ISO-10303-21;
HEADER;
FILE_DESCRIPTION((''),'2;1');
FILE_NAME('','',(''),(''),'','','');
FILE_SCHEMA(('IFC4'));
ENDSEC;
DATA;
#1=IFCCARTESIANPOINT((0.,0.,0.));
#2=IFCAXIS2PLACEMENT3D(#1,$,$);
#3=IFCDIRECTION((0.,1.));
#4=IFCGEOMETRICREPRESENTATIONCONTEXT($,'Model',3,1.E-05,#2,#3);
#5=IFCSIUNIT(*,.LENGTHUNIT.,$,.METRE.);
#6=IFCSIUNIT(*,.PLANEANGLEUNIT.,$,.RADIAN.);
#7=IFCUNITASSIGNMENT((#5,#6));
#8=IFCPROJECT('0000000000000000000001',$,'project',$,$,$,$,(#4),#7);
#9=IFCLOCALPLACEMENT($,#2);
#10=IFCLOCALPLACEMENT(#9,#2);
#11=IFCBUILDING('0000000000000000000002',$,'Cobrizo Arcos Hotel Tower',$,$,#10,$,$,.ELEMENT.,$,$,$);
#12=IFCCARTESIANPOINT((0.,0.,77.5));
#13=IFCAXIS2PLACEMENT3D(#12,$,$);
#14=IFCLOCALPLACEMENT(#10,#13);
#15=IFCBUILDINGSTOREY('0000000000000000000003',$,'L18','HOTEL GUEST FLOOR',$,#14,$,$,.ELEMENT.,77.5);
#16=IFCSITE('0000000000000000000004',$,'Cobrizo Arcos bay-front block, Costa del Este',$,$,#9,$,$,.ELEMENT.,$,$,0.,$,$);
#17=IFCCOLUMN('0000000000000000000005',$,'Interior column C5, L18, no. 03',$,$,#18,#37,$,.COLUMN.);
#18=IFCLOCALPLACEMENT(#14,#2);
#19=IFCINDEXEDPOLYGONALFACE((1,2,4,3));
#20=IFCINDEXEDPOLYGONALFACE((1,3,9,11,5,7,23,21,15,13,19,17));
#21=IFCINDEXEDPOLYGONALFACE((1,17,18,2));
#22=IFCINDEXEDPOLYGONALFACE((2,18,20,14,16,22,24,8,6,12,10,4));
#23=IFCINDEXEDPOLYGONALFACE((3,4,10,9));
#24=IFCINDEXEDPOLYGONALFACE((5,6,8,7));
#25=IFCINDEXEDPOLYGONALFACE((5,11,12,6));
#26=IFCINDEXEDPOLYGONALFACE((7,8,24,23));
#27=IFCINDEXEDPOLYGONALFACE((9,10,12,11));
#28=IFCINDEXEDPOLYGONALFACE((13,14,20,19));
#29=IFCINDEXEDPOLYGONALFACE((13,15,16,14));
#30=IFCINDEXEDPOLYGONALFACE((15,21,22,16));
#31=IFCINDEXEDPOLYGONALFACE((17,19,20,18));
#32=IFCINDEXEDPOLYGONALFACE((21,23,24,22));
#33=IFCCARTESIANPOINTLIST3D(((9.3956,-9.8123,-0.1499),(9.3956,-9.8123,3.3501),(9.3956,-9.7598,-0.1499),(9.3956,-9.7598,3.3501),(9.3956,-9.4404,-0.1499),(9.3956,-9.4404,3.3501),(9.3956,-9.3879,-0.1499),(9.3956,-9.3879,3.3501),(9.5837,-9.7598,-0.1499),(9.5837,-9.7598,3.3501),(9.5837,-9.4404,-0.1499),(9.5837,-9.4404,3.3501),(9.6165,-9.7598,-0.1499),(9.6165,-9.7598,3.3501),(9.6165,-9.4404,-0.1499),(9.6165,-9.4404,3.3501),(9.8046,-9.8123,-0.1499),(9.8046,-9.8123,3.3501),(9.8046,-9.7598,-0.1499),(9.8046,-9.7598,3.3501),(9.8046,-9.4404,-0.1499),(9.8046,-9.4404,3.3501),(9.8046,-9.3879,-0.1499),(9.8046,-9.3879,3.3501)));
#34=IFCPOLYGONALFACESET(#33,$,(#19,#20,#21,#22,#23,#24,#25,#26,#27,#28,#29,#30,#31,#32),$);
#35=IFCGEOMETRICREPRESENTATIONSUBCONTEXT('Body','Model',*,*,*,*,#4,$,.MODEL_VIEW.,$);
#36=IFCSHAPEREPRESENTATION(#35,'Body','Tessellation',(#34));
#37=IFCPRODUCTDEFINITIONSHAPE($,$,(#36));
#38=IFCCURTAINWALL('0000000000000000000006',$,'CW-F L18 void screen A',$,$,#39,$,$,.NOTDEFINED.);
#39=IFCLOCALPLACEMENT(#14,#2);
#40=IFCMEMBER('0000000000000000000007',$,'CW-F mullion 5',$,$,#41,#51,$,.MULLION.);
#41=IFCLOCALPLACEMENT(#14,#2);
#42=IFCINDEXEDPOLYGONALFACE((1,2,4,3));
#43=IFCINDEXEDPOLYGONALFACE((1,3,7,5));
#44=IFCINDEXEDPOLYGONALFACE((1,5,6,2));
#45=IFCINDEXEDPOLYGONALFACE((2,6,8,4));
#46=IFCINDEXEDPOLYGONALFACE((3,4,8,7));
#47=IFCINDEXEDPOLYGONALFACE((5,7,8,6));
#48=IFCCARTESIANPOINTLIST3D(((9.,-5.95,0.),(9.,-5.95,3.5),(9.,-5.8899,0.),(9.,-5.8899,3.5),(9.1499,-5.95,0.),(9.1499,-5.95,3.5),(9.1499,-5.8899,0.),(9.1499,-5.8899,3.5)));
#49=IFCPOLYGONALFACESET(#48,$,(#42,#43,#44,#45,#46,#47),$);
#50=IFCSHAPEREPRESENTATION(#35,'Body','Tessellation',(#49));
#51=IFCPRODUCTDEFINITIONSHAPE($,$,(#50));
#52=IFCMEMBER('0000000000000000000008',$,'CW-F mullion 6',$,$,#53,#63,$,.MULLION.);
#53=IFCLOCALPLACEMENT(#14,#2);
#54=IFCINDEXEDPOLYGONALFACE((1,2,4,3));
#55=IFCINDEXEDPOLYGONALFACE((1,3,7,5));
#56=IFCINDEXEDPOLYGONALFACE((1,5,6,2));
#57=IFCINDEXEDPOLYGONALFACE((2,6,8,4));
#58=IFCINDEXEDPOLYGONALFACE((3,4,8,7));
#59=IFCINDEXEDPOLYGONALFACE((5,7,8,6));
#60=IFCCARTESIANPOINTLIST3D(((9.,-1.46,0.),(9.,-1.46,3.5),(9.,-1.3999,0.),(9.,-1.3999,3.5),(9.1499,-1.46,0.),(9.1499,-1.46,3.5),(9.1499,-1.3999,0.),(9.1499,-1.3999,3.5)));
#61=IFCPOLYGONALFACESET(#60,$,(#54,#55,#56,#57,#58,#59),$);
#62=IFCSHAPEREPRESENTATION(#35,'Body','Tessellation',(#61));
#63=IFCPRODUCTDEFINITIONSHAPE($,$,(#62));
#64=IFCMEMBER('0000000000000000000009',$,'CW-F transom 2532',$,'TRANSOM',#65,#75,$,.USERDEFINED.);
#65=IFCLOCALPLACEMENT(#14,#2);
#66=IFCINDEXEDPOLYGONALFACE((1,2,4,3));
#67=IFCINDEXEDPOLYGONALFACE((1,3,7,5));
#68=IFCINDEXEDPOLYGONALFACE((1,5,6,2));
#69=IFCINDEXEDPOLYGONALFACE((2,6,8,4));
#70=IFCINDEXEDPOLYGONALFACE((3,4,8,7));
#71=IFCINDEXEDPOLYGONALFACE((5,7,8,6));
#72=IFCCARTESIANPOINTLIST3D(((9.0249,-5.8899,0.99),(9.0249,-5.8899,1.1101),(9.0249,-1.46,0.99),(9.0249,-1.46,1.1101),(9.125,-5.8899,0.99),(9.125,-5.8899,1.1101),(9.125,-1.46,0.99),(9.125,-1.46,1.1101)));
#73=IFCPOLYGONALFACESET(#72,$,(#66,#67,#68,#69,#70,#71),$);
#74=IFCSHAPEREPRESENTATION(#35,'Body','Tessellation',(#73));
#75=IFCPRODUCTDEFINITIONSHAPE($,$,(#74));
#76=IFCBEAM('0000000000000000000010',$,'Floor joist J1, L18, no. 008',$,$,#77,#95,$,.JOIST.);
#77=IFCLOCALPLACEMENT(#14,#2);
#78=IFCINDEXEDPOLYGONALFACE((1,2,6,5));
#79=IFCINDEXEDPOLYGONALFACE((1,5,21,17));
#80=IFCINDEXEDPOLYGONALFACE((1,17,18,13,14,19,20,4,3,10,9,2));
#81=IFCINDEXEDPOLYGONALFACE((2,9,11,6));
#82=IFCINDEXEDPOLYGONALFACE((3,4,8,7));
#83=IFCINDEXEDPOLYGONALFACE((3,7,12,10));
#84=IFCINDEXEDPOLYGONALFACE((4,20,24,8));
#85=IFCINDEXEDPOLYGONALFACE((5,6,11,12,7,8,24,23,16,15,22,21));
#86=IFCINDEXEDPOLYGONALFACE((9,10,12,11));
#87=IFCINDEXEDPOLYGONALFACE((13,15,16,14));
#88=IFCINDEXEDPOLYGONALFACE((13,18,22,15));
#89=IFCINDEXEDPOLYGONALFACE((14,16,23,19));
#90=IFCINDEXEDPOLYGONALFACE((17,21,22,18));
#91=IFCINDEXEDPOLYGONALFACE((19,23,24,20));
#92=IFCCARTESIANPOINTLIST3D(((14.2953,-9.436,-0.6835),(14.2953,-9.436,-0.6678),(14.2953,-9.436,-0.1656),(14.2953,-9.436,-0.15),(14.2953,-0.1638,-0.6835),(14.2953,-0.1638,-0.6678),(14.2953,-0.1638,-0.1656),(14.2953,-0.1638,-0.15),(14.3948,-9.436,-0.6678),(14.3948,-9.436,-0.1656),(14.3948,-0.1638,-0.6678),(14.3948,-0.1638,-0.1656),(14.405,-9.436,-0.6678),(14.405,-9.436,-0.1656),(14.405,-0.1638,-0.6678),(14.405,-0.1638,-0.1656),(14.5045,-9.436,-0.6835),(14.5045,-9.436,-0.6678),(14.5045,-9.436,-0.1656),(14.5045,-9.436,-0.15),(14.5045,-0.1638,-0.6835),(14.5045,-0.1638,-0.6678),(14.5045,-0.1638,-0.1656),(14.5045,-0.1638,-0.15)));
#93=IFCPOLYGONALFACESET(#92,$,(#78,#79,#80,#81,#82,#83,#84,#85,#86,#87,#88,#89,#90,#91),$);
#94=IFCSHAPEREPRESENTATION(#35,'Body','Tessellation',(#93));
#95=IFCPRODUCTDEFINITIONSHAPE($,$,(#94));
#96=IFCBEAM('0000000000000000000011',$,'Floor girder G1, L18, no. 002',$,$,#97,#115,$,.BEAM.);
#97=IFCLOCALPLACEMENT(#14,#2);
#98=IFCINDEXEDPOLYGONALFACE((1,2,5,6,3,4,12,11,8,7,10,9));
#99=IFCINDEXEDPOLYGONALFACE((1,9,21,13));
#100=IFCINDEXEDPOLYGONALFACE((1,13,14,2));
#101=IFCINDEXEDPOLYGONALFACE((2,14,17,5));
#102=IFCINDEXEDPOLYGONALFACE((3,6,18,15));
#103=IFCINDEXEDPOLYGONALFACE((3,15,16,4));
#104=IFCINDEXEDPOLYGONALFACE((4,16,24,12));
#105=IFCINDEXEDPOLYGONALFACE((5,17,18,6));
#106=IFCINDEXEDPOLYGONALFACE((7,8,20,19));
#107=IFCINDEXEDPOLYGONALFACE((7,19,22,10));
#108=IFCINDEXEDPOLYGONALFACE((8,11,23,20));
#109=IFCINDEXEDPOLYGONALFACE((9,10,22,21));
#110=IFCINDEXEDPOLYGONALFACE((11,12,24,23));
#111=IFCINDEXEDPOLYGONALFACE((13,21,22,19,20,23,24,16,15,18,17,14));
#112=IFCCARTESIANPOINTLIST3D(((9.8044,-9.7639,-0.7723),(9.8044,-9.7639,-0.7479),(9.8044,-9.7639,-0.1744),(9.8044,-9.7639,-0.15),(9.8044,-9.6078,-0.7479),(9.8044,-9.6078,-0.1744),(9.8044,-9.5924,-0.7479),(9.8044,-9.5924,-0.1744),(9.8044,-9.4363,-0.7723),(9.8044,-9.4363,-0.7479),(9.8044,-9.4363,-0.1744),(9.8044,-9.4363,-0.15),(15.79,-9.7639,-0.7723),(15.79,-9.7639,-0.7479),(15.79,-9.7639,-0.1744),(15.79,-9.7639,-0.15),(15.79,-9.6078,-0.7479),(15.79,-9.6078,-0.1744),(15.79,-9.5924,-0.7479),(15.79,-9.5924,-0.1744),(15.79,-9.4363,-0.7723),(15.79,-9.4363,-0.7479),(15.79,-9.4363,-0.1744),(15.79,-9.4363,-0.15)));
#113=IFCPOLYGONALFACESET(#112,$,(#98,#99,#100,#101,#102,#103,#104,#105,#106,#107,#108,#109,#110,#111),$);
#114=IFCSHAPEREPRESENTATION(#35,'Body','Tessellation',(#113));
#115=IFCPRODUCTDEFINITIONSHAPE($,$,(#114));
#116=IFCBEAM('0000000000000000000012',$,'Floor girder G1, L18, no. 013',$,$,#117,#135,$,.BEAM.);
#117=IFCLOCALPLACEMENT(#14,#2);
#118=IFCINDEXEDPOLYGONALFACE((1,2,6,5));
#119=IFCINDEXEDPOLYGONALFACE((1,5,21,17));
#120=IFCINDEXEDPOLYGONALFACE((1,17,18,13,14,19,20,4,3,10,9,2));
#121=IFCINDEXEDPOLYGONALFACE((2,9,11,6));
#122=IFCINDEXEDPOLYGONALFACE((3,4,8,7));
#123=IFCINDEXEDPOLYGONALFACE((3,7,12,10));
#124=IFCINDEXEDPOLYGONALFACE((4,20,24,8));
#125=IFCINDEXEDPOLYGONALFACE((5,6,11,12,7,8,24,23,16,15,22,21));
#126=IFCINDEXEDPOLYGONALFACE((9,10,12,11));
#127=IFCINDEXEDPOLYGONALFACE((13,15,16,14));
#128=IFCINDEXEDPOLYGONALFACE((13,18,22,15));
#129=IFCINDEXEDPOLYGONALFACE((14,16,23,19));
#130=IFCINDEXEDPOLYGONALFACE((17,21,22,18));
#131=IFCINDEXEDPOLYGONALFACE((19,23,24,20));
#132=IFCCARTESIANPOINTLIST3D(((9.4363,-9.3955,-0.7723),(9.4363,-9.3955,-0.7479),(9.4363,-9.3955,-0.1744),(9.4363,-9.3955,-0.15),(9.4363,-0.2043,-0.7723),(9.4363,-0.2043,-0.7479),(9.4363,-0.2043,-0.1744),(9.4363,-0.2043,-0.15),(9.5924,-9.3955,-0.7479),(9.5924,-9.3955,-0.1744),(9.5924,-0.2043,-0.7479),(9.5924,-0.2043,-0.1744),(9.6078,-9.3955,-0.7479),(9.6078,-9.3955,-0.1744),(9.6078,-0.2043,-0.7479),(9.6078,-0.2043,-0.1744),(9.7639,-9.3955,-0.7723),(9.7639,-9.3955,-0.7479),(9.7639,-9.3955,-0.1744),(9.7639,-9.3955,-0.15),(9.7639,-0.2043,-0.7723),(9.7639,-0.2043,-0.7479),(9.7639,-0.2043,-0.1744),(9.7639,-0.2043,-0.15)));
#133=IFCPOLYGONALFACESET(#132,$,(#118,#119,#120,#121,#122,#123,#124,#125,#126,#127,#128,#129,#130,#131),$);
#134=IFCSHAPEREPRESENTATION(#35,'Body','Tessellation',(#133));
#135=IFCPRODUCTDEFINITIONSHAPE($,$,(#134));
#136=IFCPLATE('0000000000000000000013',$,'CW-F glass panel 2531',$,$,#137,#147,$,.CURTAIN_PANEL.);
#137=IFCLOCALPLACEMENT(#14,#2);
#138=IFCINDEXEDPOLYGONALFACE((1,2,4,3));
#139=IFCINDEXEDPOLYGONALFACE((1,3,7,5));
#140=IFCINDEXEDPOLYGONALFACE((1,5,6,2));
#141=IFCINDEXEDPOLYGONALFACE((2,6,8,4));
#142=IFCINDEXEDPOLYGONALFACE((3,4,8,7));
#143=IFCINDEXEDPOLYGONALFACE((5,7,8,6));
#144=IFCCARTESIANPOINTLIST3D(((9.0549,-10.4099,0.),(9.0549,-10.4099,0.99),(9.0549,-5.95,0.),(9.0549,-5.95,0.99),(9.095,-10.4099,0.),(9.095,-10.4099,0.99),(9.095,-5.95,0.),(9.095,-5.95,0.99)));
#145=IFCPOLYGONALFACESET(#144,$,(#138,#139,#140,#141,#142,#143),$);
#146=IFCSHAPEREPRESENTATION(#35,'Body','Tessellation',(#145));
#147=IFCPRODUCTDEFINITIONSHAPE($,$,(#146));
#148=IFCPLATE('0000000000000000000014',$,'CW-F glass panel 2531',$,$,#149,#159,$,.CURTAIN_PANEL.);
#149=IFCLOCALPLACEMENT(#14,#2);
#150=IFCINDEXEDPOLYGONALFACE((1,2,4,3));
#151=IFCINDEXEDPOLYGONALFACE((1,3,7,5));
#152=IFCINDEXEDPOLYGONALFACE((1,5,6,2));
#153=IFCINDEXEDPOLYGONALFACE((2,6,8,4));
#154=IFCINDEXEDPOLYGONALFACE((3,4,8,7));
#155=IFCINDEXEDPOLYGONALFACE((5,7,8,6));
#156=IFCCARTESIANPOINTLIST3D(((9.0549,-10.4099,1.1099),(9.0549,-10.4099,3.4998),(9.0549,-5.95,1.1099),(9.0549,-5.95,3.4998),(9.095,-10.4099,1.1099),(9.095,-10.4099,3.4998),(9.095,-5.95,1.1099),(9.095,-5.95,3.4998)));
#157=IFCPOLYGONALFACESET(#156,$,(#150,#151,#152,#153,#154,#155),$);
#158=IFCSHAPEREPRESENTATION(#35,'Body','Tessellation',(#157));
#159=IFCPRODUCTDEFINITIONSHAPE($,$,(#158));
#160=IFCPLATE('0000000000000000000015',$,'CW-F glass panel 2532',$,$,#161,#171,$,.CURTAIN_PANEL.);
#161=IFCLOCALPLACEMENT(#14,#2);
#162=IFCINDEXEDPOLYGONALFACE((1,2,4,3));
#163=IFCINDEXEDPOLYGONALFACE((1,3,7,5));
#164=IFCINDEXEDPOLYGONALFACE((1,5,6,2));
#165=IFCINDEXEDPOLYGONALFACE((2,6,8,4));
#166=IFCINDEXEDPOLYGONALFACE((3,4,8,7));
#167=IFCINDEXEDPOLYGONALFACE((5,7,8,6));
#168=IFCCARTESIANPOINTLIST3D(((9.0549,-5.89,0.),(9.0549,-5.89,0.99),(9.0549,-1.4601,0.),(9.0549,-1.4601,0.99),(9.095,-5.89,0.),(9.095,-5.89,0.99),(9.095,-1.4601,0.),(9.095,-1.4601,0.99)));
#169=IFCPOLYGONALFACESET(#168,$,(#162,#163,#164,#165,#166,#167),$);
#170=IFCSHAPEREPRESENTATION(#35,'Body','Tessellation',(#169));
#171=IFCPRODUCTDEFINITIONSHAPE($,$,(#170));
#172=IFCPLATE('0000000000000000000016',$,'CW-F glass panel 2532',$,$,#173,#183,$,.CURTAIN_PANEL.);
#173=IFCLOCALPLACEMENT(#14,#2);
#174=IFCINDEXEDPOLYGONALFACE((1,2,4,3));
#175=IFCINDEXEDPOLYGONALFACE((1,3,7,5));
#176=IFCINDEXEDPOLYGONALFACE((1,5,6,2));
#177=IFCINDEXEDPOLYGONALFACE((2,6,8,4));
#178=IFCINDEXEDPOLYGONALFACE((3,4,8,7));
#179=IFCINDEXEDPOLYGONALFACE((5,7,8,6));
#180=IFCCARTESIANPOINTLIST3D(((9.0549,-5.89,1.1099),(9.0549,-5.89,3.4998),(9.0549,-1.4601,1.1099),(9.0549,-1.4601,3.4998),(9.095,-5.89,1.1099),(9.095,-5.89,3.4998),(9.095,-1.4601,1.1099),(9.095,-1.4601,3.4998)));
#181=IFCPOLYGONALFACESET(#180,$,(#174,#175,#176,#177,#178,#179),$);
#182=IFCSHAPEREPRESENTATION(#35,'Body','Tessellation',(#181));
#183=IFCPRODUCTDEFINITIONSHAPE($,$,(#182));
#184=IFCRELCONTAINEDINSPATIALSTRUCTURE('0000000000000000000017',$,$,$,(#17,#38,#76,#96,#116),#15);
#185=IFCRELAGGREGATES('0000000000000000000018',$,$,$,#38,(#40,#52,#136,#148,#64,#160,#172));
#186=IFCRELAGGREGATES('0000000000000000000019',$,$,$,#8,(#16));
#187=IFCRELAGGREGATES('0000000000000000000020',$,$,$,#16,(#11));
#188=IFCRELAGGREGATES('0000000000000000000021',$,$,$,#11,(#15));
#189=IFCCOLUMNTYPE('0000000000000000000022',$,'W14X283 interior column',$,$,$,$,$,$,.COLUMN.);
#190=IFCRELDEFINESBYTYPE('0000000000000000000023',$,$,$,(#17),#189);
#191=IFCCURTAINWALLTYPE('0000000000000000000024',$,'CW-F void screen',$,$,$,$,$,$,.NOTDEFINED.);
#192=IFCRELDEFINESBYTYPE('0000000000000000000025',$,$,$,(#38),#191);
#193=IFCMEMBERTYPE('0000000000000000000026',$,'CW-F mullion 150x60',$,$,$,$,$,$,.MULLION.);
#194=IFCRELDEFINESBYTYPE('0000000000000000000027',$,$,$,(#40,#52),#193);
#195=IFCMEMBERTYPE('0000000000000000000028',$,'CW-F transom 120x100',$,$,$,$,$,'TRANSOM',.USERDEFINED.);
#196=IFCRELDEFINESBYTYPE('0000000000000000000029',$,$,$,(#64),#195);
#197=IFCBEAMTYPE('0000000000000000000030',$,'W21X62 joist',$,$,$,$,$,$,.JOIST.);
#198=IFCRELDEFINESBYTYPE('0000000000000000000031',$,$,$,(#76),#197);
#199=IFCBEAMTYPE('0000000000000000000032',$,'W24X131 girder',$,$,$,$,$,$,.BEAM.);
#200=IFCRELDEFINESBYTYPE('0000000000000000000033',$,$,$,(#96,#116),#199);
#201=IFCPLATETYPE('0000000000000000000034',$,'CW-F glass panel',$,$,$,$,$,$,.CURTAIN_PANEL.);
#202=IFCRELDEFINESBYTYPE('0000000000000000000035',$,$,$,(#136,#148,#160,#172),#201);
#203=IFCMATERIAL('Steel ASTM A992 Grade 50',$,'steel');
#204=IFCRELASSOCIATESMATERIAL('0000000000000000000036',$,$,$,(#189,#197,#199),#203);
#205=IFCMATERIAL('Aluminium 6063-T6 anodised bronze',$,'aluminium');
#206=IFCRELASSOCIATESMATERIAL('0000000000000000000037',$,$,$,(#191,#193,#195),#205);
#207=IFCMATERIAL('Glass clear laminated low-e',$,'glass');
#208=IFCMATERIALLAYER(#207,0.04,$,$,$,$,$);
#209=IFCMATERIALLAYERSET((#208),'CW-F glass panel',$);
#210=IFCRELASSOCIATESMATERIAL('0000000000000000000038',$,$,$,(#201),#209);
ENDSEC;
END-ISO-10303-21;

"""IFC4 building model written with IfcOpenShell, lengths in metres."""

from ifc_helpers import new_model, si_unit, direction, frame, origin, origin_2d, place, context, subcontext, project, spatial, rectangle, i_section, extrude, material, layer, layer_set, material_profile, profile_set, type_object, element, aggregate, save


model = new_model("IFC4")

# Units and contexts
model_context = context("Model", 3, precision=1e-05, world=origin(), true_north=direction((0.0, 1.0)))
body_context = subcontext(model_context, "Body", "Model", "MODEL_VIEW")
ifc_project = project(units=[si_unit("LENGTHUNIT", "METRE"), si_unit("PLANEANGLEUNIT", "RADIAN")], contexts=[model_context])

# Site, building, storey
site_placement = place(None, origin())
site = spatial("IfcSite", under=ifc_project, at=site_placement, Name="Cobrizo Arcos bay-front block, Costa del Este", CompositionType="ELEMENT", RefElevation=0.0)
building_placement = place(site_placement, origin())
building = spatial("IfcBuilding", under=site, at=building_placement, Name="Cobrizo Arcos Hotel Tower", CompositionType="ELEMENT")
storey_placement = place(building_placement, frame((0.0, 0.0, 77.5)))
storey = spatial("IfcBuildingStorey", under=building, at=storey_placement, Name="L18", Description="HOTEL GUEST FLOOR", CompositionType="ELEMENT", Elevation=77.5)

# Column
ifc_material_1 = material(Name="Steel ASTM A992 Grade 50", Category="steel")
ifc_material_profile_1 = material_profile(ifc_material_1, i_section(OverallWidth=0.4089, OverallDepth=0.4243, WebThickness=0.0327, FlangeThickness=0.0525, at=origin_2d()), Name="W14X283")
ifc_profile_set_1 = profile_set([ifc_material_profile_1], Name="Steel ASTM A992 Grade 50")
column_type = type_object("IfcColumnType", Name="W14X283 interior column", PredefinedType="COLUMN", material=ifc_profile_set_1)
column_placement = place(storey_placement, frame((9.6001, -9.6001, -0.1499), z_axis=(0.0, 0.0, 1.0), x_axis=(1.0, 0.0, 0.0)))
element("IfcColumn", 1, at=column_placement, inside=storey, type_object=column_type, Name="Interior column C5, L18, no. 03", PredefinedType="COLUMN", context=body_context, shape_type="SweptSolid", body=[
    extrude(i_section(OverallWidth=0.4089, OverallDepth=0.4243, WebThickness=0.0327, FlangeThickness=0.0525, at=origin_2d()), origin(), (0.0, 0.0, 1.0), 3.5),
])

# Curtain wall, members
ifc_material_2 = material(Name="Aluminium 6063-T6 anodised bronze", Category="aluminium")
curtain_wall_type = type_object("IfcCurtainWallType", Name="CW-F void screen", PredefinedType="NOTDEFINED", material=ifc_material_2)
curtain_wall_placement = place(storey_placement, origin())
curtain_wall = element("IfcCurtainWall", 2, at=curtain_wall_placement, inside=storey, type_object=curtain_wall_type, Name="CW-F L18 void screen A", PredefinedType="NOTDEFINED")
ifc_material_profile_2 = material_profile(ifc_material_2, rectangle(XDim=0.1499, YDim=0.0601, at=origin_2d()), Name="CW-F mullion 150x60")
ifc_profile_set_2 = profile_set([ifc_material_profile_2], Name="Aluminium 6063-T6 anodised bronze")
member_type_1 = type_object("IfcMemberType", Name="CW-F mullion 150x60", PredefinedType="MULLION", material=ifc_profile_set_2)
member_1_placement = place(storey_placement, frame((9.075, -5.9199, 0.0), z_axis=(0.0, 0.0, 1.0), x_axis=(1.0, 0.0, 0.0)))
member_1 = element("IfcMember", 3, at=member_1_placement, type_object=member_type_1, Name="CW-F mullion 5", PredefinedType="MULLION", context=body_context, shape_type="SweptSolid", body=[
    extrude(rectangle(XDim=0.1499, YDim=0.0601, at=origin_2d()), origin(), (0.0, 0.0, 1.0), 3.5),
])
member_2_placement = place(storey_placement, frame((9.075, -1.4299, 0.0), z_axis=(0.0, 0.0, 1.0), x_axis=(1.0, 0.0, 0.0)))
member_2 = element("IfcMember", 4, at=member_2_placement, type_object=member_type_1, Name="CW-F mullion 6", PredefinedType="MULLION", context=body_context, shape_type="SweptSolid", body=[
    extrude(rectangle(XDim=0.1499, YDim=0.0601, at=origin_2d()), origin(), (0.0, 0.0, 1.0), 3.5),
])
ifc_material_profile_3 = material_profile(ifc_material_2, rectangle(XDim=0.1001, YDim=0.1201, at=origin_2d()), Name="CW-F transom 120x100")
ifc_profile_set_3 = profile_set([ifc_material_profile_3], Name="Aluminium 6063-T6 anodised bronze")
member_type_2 = type_object("IfcMemberType", Name="CW-F transom 120x100", ElementType="TRANSOM", PredefinedType="USERDEFINED", material=ifc_profile_set_3)
member_3_placement = place(storey_placement, frame((9.075, -5.8899, 1.05), z_axis=(0.0, 1.0, 0.0), x_axis=(-1.0, 0.0, 0.0)))
member_3 = element("IfcMember", 5, at=member_3_placement, type_object=member_type_2, Name="CW-F transom 2532", ObjectType="TRANSOM", PredefinedType="USERDEFINED", context=body_context, shape_type="SweptSolid", body=[
    extrude(rectangle(XDim=0.1001, YDim=0.1201, at=origin_2d()), origin(), (0.0, 0.0, 1.0), 4.4299),
])

# Beams
ifc_material_profile_4 = material_profile(ifc_material_1, i_section(OverallWidth=0.2092, OverallDepth=0.5334, WebThickness=0.0103, FlangeThickness=0.0156, at=origin_2d()), Name="W21X62")
ifc_profile_set_4 = profile_set([ifc_material_profile_4], Name="Steel ASTM A992 Grade 50")
beam_type_1 = type_object("IfcBeamType", Name="W21X62 joist", PredefinedType="JOIST", material=ifc_profile_set_4)
beam_1_placement = place(storey_placement, frame((14.3999, -9.436, -0.4167), z_axis=(0.0, 1.0, 0.0), x_axis=(-1.0, 0.0, 0.0)))
element("IfcBeam", 6, at=beam_1_placement, inside=storey, type_object=beam_type_1, Name="Floor joist J1, L18, no. 008", PredefinedType="JOIST", context=body_context, shape_type="SweptSolid", body=[
    extrude(i_section(OverallWidth=0.2092, OverallDepth=0.5334, WebThickness=0.0103, FlangeThickness=0.0156, at=origin_2d()), origin(), (0.0, 0.0, 1.0), 9.2722),
])
ifc_material_profile_5 = material_profile(ifc_material_1, i_section(OverallWidth=0.3276, OverallDepth=0.6223, WebThickness=0.0154, FlangeThickness=0.0244, at=origin_2d()), Name="W24X131")
ifc_profile_set_5 = profile_set([ifc_material_profile_5], Name="Steel ASTM A992 Grade 50")
beam_type_2 = type_object("IfcBeamType", Name="W24X131 girder", PredefinedType="BEAM", material=ifc_profile_set_5)
beam_2_placement = place(storey_placement, frame((9.8044, -9.6001, -0.4612), z_axis=(1.0, 0.0, 0.0), x_axis=(0.0, 1.0, 0.0)))
element("IfcBeam", 7, at=beam_2_placement, inside=storey, type_object=beam_type_2, Name="Floor girder G1, L18, no. 002", PredefinedType="BEAM", context=body_context, shape_type="SweptSolid", body=[
    extrude(i_section(OverallWidth=0.3276, OverallDepth=0.6223, WebThickness=0.0154, FlangeThickness=0.0244, at=origin_2d()), origin(), (0.0, 0.0, 1.0), 5.9856),
])
beam_3_placement = place(storey_placement, frame((9.6001, -9.3955, -0.4612), z_axis=(0.0, 1.0, 0.0), x_axis=(-1.0, 0.0, 0.0)))
element("IfcBeam", 8, at=beam_3_placement, inside=storey, type_object=beam_type_2, Name="Floor girder G1, L18, no. 013", PredefinedType="BEAM", context=body_context, shape_type="SweptSolid", body=[
    extrude(i_section(OverallWidth=0.3276, OverallDepth=0.6223, WebThickness=0.0154, FlangeThickness=0.0244, at=origin_2d()), origin(), (0.0, 0.0, 1.0), 9.1912),
])

# Plates
ifc_material_3 = material(Name="Glass clear laminated low-e", Category="glass")
ifc_layer_1 = layer(ifc_material_3, 0.04)
ifc_layer_set_1 = layer_set([ifc_layer_1], Name="CW-F glass panel")
plate_type = type_object("IfcPlateType", Name="CW-F glass panel", PredefinedType="CURTAIN_PANEL", material=ifc_layer_set_1)
plate_1_placement = place(storey_placement, frame((9.075, -8.1799, 0.0), z_axis=(0.0, 0.0, 1.0), x_axis=(0.0, 1.0, 0.0)))
plate_1 = element("IfcPlate", 9, at=plate_1_placement, type_object=plate_type, Name="CW-F glass panel 2531", PredefinedType="CURTAIN_PANEL", context=body_context, shape_type="SweptSolid", body=[
    extrude(rectangle(XDim=4.46, YDim=0.04, at=origin_2d()), origin(), (0.0, 0.0, 1.0), 0.99),
])
plate_2_placement = place(storey_placement, frame((9.075, -8.1799, 1.1099), z_axis=(0.0, 0.0, 1.0), x_axis=(0.0, 1.0, 0.0)))
plate_2 = element("IfcPlate", 10, at=plate_2_placement, type_object=plate_type, Name="CW-F glass panel 2531", PredefinedType="CURTAIN_PANEL", context=body_context, shape_type="SweptSolid", body=[
    extrude(rectangle(XDim=4.46, YDim=0.04, at=origin_2d()), origin(), (0.0, 0.0, 1.0), 2.3899),
])
plate_3_placement = place(storey_placement, frame((9.075, -3.675, 0.0), z_axis=(0.0, 0.0, 1.0), x_axis=(0.0, 1.0, 0.0)))
plate_3 = element("IfcPlate", 11, at=plate_3_placement, type_object=plate_type, Name="CW-F glass panel 2532", PredefinedType="CURTAIN_PANEL", context=body_context, shape_type="SweptSolid", body=[
    extrude(rectangle(XDim=4.4299, YDim=0.04, at=origin_2d()), origin(), (0.0, 0.0, 1.0), 0.99),
])
plate_4_placement = place(storey_placement, frame((9.075, -3.675, 1.1099), z_axis=(0.0, 0.0, 1.0), x_axis=(0.0, 1.0, 0.0)))
plate_4 = element("IfcPlate", 12, at=plate_4_placement, type_object=plate_type, Name="CW-F glass panel 2532", PredefinedType="CURTAIN_PANEL", context=body_context, shape_type="SweptSolid", body=[
    extrude(rectangle(XDim=4.4299, YDim=0.04, at=origin_2d()), origin(), (0.0, 0.0, 1.0), 2.3899),
])
aggregate(curtain_wall, [member_1, member_2, plate_1, plate_2, member_3, plate_3, plate_4])

save(model, "model.ifc")
